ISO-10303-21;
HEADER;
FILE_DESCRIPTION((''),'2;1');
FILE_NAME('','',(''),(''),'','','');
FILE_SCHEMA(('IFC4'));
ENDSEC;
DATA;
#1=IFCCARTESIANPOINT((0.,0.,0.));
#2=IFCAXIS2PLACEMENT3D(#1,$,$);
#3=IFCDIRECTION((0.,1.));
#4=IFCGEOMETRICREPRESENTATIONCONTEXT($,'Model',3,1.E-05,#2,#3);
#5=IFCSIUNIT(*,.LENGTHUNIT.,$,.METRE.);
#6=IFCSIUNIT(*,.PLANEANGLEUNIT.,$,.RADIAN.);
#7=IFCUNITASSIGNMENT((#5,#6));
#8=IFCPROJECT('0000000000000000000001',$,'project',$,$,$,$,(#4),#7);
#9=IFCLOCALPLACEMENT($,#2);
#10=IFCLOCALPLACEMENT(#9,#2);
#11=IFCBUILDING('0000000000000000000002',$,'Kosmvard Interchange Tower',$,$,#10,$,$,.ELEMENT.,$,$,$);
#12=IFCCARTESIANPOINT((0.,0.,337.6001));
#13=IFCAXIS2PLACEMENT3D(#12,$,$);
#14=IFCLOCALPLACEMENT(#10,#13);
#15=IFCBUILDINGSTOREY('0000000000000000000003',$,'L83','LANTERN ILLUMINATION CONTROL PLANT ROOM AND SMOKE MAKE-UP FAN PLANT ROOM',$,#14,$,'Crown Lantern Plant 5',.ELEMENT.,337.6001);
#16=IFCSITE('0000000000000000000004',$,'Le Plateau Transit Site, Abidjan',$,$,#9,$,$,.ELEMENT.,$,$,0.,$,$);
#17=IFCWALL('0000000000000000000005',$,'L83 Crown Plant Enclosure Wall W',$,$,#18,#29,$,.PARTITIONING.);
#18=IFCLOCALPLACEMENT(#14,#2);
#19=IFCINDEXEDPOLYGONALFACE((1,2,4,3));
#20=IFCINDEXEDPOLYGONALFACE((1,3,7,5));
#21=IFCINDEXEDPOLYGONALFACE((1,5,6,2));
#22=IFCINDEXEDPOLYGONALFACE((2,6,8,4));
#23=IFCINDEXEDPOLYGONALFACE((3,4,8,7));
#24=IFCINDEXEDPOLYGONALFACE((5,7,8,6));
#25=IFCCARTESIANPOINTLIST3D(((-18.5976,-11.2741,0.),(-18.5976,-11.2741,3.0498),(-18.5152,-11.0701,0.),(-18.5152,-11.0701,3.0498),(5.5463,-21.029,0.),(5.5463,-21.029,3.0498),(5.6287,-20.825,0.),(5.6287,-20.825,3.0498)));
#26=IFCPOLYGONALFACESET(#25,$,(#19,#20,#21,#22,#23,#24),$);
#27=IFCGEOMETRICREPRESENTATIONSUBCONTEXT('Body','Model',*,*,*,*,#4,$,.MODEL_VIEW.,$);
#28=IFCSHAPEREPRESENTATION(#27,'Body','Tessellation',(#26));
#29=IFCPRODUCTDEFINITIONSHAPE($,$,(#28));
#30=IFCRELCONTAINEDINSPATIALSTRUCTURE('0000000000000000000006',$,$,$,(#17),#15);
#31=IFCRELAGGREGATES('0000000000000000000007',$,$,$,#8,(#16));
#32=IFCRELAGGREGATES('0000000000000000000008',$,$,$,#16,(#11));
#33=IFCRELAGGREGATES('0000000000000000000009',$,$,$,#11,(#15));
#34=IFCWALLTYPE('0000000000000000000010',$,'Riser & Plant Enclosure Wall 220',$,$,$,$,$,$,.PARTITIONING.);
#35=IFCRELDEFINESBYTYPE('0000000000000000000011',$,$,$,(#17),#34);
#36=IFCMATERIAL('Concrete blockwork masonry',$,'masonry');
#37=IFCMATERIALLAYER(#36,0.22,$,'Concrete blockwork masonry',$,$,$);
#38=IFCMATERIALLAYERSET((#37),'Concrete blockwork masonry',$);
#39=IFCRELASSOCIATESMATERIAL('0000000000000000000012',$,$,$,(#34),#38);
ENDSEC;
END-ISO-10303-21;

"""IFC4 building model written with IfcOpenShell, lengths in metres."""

from ifc_helpers import new_model, si_unit, direction, frame, frame_2d, origin, place, context, subcontext, project, spatial, rectangle, extrude, material, layer, layer_set, type_object, element, save


model = new_model("IFC4")

# Units and contexts
model_context = context("Model", 3, precision=1e-05, world=origin(), true_north=direction((0.0, 1.0)))
body_context = subcontext(model_context, "Body", "Model", "MODEL_VIEW")
ifc_project = project(units=[si_unit("LENGTHUNIT", "METRE"), si_unit("PLANEANGLEUNIT", "RADIAN")], contexts=[model_context])

# Site, building, storey
site_placement = place(None, origin())
site = spatial("IfcSite", under=ifc_project, at=site_placement, Name="Le Plateau Transit Site, Abidjan", CompositionType="ELEMENT", RefElevation=0.0)
building_placement = place(site_placement, origin())
building = spatial("IfcBuilding", under=site, at=building_placement, Name="Kosmvard Interchange Tower", CompositionType="ELEMENT")
storey_placement = place(building_placement, frame((0.0, 0.0, 337.6001)))
storey = spatial("IfcBuildingStorey", under=building, at=storey_placement, Name="L83", Description="LANTERN ILLUMINATION CONTROL PLANT ROOM AND SMOKE MAKE-UP FAN PLANT ROOM", LongName="Crown Lantern Plant 5", CompositionType="ELEMENT", Elevation=337.6001)

# Wall
ifc_material_1 = material(Name="Concrete blockwork masonry", Category="masonry")
ifc_layer_1 = layer(ifc_material_1, 0.22, Name="Concrete blockwork masonry")
ifc_layer_set_1 = layer_set([ifc_layer_1], Name="Concrete blockwork masonry")
wall_type = type_object("IfcWallType", Name="Riser & Plant Enclosure Wall 220", PredefinedType="PARTITIONING", material=ifc_layer_set_1)
wall_placement = place(storey_placement, frame((-18.5564, -11.1721, 0.0), z_axis=(0.0, 0.0, 1.0), x_axis=(0.927182, -0.374612, 0.0)))
element("IfcWall", 1, at=wall_placement, inside=storey, type_object=wall_type, Name="L83 Crown Plant Enclosure Wall W", PredefinedType="PARTITIONING", context=body_context, shape_type="SweptSolid", body=[
    extrude(rectangle(XDim=26.04, YDim=0.22, at=frame_2d((13.02, 0.0))), origin(), (0.0, 0.0, 1.0), 3.0498),
])

save(model, "model.ifc")
